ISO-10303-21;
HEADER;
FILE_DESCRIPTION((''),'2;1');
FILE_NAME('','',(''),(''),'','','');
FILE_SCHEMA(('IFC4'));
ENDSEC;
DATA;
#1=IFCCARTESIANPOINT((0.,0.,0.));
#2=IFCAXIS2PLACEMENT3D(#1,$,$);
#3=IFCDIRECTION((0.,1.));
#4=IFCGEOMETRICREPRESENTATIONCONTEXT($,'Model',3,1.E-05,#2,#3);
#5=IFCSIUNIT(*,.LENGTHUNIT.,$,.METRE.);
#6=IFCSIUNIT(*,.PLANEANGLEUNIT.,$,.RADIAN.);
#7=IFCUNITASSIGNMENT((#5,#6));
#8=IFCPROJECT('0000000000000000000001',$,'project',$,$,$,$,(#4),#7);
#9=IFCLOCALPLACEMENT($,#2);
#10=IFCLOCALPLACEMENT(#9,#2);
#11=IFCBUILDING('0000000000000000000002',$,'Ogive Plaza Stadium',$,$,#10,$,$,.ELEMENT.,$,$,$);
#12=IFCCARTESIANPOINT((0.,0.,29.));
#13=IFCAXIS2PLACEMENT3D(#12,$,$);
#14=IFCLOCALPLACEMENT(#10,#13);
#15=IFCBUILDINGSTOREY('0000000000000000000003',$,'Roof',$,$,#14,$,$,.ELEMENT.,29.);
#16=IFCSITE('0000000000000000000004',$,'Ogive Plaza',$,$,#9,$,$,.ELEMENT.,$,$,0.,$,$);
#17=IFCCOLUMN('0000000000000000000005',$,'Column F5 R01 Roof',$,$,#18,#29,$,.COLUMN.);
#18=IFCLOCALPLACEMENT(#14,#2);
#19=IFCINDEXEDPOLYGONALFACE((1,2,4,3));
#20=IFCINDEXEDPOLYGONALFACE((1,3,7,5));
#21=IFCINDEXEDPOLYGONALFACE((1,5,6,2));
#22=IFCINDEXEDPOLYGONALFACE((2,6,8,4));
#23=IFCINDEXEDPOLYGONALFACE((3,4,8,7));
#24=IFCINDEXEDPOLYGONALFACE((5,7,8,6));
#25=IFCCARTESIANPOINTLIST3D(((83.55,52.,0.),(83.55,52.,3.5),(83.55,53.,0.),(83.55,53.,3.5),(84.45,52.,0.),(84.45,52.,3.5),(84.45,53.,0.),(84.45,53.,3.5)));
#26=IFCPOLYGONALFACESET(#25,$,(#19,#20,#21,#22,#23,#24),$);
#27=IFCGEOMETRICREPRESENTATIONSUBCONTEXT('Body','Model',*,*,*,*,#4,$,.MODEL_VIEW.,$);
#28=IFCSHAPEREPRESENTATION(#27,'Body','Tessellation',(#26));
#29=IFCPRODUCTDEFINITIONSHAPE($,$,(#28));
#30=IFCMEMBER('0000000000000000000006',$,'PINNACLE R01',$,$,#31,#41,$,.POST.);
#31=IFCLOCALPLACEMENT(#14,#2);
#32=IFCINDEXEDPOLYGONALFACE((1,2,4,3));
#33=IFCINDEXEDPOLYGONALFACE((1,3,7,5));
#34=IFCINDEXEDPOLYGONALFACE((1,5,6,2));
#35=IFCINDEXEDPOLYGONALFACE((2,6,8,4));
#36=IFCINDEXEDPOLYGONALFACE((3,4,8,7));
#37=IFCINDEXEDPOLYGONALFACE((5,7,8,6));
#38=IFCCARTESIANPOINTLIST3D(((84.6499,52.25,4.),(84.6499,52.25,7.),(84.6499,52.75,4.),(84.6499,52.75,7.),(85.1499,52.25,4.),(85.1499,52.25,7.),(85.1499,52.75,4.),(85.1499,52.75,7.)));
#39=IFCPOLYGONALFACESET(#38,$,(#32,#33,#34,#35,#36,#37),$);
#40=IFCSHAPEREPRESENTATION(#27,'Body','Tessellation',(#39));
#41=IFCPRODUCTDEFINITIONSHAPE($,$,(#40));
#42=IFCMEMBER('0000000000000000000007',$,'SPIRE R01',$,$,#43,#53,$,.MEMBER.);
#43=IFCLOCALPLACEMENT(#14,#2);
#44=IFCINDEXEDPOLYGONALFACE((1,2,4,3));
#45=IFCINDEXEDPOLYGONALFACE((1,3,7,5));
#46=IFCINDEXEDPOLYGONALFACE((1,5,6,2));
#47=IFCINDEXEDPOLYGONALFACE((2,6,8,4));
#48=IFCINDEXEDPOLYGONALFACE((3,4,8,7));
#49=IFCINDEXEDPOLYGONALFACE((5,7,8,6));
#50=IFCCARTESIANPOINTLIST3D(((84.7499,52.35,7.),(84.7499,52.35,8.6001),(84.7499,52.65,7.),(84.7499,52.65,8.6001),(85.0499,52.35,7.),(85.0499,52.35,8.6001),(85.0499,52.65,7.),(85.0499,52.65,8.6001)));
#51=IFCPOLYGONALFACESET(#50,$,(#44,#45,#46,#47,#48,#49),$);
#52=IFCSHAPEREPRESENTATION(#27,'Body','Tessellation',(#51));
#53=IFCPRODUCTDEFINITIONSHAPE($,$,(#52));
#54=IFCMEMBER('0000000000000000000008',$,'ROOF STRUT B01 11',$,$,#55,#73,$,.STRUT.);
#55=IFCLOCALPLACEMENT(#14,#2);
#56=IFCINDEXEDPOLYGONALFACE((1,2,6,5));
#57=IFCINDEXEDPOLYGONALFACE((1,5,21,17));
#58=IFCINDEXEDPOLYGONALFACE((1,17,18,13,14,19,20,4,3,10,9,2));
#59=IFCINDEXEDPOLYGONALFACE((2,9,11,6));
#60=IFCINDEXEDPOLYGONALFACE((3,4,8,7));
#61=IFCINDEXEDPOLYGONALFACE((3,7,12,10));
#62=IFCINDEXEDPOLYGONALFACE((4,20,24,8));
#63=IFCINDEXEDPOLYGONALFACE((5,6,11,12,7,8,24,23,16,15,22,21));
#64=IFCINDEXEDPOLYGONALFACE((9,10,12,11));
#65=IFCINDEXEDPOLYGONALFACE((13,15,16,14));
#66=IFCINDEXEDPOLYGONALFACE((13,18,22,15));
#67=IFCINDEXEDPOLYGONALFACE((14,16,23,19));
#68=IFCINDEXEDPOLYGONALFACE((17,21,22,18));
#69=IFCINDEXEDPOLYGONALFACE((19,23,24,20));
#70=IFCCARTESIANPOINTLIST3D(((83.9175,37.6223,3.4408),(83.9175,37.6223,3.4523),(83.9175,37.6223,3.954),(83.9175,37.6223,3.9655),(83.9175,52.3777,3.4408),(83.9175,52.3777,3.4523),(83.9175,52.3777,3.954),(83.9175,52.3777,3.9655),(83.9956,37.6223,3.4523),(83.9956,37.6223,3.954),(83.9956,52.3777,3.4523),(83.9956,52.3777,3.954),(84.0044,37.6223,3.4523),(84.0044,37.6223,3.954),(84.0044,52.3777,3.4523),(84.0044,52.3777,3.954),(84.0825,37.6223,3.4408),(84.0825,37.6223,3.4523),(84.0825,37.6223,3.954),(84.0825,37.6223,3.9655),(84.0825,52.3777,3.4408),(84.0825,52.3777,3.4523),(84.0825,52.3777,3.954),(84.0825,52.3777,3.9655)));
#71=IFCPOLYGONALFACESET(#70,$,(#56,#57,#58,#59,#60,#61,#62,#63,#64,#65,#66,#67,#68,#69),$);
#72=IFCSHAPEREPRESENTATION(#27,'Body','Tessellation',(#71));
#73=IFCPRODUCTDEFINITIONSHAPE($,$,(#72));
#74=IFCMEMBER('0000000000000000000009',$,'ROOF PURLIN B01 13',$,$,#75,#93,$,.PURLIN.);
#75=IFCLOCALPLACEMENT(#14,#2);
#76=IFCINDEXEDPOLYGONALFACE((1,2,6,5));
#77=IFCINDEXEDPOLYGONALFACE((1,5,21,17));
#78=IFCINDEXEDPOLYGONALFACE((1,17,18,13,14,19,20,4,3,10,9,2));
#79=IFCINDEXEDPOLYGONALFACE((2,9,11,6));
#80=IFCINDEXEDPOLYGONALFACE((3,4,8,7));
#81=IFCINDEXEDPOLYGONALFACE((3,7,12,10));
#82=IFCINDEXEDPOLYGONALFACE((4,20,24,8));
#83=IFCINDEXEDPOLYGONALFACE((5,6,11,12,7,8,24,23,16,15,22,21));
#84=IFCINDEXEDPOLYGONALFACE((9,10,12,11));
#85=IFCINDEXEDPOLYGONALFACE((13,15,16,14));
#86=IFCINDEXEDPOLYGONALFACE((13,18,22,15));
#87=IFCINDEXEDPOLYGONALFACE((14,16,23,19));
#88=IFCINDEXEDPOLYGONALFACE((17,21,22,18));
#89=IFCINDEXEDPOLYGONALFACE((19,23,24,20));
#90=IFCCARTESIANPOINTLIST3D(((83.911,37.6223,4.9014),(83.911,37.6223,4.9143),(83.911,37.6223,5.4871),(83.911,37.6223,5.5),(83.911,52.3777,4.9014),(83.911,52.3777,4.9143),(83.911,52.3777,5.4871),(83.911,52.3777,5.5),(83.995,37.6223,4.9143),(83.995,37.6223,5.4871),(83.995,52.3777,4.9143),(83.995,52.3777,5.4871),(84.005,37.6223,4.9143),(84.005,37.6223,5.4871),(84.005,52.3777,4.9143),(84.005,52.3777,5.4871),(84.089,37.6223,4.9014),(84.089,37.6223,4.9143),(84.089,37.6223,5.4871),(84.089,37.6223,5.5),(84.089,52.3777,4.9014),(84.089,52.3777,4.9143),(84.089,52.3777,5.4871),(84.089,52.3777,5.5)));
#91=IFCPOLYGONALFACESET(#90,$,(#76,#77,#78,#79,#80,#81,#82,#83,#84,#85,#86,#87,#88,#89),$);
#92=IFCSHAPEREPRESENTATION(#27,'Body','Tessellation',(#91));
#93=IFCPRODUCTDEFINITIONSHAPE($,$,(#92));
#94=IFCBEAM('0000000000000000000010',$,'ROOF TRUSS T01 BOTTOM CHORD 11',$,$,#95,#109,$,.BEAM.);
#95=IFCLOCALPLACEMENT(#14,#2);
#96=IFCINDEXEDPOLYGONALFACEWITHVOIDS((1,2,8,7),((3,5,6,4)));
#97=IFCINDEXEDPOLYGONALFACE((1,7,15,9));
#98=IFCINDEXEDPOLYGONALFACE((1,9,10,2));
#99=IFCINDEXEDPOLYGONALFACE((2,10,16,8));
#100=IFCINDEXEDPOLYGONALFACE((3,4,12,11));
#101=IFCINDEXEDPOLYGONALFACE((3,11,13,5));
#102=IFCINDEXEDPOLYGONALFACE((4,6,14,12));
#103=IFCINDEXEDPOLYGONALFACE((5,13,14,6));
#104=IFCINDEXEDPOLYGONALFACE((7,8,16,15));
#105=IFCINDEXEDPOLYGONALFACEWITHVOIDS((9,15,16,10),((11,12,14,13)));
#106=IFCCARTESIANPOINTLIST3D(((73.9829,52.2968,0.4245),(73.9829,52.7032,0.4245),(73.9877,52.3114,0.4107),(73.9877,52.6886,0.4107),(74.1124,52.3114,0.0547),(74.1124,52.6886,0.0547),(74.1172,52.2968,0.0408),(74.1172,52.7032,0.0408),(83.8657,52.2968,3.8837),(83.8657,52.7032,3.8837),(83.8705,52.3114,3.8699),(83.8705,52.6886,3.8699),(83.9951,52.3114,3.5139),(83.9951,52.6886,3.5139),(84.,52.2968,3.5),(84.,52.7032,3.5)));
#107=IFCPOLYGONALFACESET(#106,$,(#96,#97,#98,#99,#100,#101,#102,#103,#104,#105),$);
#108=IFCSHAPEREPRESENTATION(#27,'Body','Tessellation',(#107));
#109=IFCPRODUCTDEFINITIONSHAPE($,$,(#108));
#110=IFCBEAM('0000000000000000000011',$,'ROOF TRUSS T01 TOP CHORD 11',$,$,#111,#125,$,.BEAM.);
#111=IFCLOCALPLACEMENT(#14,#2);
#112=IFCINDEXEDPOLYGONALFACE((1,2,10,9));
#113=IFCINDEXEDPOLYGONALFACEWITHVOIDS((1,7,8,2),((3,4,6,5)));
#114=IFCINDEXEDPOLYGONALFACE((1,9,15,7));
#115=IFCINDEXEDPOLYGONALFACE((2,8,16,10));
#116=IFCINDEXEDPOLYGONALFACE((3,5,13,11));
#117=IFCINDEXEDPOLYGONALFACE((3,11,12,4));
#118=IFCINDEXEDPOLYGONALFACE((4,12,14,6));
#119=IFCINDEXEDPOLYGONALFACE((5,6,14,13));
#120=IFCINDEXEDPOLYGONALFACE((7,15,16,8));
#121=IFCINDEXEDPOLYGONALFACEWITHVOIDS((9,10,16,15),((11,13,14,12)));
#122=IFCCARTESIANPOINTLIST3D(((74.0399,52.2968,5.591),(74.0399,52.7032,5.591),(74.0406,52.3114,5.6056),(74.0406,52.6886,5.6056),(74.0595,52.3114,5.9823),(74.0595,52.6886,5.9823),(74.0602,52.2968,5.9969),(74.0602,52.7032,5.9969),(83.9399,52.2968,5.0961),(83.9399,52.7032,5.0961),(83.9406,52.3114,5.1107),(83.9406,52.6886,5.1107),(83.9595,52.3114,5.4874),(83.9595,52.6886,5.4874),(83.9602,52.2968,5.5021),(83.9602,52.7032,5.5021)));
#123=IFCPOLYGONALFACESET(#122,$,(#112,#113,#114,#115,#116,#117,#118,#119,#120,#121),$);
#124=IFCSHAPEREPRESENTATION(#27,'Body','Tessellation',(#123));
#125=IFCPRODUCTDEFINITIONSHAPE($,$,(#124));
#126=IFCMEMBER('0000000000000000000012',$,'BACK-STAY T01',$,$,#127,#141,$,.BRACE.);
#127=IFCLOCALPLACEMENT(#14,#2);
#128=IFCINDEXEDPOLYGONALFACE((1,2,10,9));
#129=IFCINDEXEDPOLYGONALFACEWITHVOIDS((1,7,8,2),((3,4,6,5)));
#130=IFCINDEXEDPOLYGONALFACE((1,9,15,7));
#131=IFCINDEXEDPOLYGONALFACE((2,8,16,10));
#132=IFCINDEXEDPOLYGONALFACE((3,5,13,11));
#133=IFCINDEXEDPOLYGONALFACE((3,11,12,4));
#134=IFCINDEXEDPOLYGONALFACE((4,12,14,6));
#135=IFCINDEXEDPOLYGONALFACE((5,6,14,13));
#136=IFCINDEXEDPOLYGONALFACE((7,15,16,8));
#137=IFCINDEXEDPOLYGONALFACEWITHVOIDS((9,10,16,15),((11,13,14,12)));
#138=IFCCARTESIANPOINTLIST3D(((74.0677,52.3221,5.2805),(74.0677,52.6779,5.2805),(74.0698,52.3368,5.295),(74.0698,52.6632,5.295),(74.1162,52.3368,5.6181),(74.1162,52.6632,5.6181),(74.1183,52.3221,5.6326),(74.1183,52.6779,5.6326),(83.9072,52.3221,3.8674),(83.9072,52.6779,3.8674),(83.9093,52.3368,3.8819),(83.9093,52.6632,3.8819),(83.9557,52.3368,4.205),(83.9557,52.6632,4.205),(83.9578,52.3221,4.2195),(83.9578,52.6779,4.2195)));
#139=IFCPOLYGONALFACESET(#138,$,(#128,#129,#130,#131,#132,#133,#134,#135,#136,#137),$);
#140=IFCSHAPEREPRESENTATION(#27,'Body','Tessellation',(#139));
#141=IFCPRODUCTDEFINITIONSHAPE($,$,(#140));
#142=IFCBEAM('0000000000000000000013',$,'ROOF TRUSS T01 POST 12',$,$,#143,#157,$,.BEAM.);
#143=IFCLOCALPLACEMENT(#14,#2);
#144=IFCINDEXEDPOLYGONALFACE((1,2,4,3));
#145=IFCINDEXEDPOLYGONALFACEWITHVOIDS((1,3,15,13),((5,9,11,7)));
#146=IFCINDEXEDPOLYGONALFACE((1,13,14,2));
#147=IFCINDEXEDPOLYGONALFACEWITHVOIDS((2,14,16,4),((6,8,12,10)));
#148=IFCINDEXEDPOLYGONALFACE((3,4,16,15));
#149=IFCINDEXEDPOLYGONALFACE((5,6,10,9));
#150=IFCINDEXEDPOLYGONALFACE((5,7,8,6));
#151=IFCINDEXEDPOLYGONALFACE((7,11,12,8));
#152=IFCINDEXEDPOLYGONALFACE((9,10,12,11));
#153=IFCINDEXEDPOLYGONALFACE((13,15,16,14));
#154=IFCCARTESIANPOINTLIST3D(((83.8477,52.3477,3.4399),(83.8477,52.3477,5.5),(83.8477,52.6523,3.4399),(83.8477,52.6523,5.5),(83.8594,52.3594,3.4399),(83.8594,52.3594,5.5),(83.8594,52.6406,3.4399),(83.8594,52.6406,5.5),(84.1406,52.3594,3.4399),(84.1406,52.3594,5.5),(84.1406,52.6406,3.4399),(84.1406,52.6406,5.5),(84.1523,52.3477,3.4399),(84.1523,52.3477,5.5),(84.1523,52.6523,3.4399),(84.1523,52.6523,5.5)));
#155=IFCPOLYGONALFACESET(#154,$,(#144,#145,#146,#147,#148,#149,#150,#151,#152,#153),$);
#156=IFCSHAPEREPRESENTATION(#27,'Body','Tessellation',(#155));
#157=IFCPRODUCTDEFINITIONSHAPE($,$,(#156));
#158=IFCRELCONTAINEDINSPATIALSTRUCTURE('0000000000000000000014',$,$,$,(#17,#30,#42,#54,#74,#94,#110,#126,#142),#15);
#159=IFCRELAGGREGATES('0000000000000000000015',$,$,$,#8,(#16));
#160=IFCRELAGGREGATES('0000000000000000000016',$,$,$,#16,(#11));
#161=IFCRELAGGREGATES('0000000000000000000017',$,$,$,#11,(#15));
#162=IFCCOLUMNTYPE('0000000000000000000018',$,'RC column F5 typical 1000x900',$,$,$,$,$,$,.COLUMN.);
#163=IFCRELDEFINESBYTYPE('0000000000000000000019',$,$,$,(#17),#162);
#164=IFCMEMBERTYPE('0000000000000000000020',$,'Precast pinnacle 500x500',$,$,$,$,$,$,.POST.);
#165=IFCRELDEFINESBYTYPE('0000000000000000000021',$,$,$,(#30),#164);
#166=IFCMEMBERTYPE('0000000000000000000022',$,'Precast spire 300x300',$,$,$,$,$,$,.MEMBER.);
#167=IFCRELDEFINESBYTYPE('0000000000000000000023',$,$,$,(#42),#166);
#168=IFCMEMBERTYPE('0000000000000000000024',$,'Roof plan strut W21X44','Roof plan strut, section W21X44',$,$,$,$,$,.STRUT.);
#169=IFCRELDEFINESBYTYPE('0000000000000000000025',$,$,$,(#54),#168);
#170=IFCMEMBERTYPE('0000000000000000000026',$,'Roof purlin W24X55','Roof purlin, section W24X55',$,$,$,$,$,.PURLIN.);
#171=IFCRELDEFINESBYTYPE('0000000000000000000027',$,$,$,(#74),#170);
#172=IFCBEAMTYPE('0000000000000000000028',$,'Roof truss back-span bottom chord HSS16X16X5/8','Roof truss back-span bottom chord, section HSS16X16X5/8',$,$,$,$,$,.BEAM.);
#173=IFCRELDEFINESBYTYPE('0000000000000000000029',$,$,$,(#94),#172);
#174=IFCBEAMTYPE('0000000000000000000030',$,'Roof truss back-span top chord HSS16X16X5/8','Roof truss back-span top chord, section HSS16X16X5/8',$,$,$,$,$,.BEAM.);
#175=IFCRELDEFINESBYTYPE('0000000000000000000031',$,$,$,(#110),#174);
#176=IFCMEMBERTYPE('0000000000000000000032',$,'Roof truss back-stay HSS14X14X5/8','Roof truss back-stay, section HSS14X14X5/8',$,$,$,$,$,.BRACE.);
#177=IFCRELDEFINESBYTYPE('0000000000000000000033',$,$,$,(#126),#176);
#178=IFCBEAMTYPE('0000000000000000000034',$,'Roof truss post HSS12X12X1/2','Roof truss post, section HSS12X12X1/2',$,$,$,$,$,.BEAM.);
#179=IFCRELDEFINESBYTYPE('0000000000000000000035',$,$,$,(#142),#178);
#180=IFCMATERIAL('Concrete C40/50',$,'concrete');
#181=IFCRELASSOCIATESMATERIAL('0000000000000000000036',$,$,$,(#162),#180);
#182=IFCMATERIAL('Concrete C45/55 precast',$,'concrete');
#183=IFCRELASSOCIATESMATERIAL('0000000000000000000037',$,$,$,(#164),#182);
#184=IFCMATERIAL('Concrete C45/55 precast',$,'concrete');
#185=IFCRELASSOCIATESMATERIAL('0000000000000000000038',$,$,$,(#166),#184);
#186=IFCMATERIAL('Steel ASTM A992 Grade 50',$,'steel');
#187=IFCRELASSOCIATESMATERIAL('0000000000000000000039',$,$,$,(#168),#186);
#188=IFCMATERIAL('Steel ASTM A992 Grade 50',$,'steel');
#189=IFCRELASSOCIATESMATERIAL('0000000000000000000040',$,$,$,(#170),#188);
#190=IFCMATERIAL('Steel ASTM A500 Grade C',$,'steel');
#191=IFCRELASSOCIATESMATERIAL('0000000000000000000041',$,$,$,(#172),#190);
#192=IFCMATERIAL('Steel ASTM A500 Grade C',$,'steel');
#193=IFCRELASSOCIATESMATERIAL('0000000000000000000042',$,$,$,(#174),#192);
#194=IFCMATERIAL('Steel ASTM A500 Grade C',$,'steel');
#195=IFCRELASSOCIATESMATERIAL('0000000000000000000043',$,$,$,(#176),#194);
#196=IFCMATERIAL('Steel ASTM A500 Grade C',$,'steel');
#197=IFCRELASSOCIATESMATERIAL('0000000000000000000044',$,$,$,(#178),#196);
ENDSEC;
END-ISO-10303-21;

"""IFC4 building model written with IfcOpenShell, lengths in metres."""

from ifc_helpers import new_model, si_unit, direction, frame, origin, origin_2d, place, context, subcontext, project, spatial, rectangle, hollow_rectangle, i_section, extrude, material, material_profile, profile_set, type_object, element, save


model = new_model("IFC4")

# Units and contexts
model_context = context("Model", 3, precision=1e-05, world=origin(), true_north=direction((0.0, 1.0)))
body_context = subcontext(model_context, "Body", "Model", "MODEL_VIEW")
ifc_project = project(units=[si_unit("LENGTHUNIT", "METRE"), si_unit("PLANEANGLEUNIT", "RADIAN")], contexts=[model_context])

# Site, building, storey
site_placement = place(None, origin())
site = spatial("IfcSite", under=ifc_project, at=site_placement, Name="Ogive Plaza", CompositionType="ELEMENT", RefElevation=0.0)
building_placement = place(site_placement, origin())
building = spatial("IfcBuilding", under=site, at=building_placement, Name="Ogive Plaza Stadium", CompositionType="ELEMENT")
storey_placement = place(building_placement, frame((0.0, 0.0, 29.0)))
storey = spatial("IfcBuildingStorey", under=building, at=storey_placement, Name="Roof", CompositionType="ELEMENT", Elevation=29.0)

# Column
ifc_material_1 = material(Name="Concrete C40/50", Category="concrete")
ifc_material_profile_1 = material_profile(ifc_material_1, rectangle(XDim=1.0, YDim=0.8999, at=origin_2d()), Name="RC 1000x900")
ifc_profile_set_1 = profile_set([ifc_material_profile_1], Name="Concrete C40/50")
column_type = type_object("IfcColumnType", Name="RC column F5 typical 1000x900", PredefinedType="COLUMN", material=ifc_profile_set_1)
column_placement = place(storey_placement, frame((84.0, 52.5, 0.0), z_axis=(0.0, 0.0, 1.0), x_axis=(0.0, 1.0, 0.0)))
element("IfcColumn", 1, at=column_placement, inside=storey, type_object=column_type, Name="Column F5 R01 Roof", PredefinedType="COLUMN", context=body_context, shape_type="SweptSolid", body=[
    extrude(rectangle(XDim=1.0, YDim=0.8999, at=origin_2d()), origin(), (0.0, 0.0, 1.0), 3.5),
])

# Members
ifc_material_2 = material(Name="Concrete C45/55 precast", Category="concrete")
ifc_material_profile_2 = material_profile(ifc_material_2, rectangle(XDim=0.5, YDim=0.5, at=origin_2d()), Name="RC 500x500")
ifc_profile_set_2 = profile_set([ifc_material_profile_2], Name="Concrete C45/55 precast")
member_type_1 = type_object("IfcMemberType", Name="Precast pinnacle 500x500", PredefinedType="POST", material=ifc_profile_set_2)
member_1_placement = place(storey_placement, frame((84.8999, 52.5, 4.0), z_axis=(0.0, 0.0, 1.0), x_axis=(0.0, 1.0, 0.0)))
element("IfcMember", 2, at=member_1_placement, inside=storey, type_object=member_type_1, Name="PINNACLE R01", PredefinedType="POST", context=body_context, shape_type="SweptSolid", body=[
    extrude(rectangle(XDim=0.5, YDim=0.5, at=origin_2d()), origin(), (0.0, 0.0, 1.0), 3.0),
])
ifc_material_3 = material(Name="Concrete C45/55 precast", Category="concrete")
ifc_material_profile_3 = material_profile(ifc_material_3, rectangle(XDim=0.3, YDim=0.3, at=origin_2d()), Name="RC 300x300")
ifc_profile_set_3 = profile_set([ifc_material_profile_3], Name="Concrete C45/55 precast")
member_type_2 = type_object("IfcMemberType", Name="Precast spire 300x300", PredefinedType="MEMBER", material=ifc_profile_set_3)
member_2_placement = place(storey_placement, frame((84.8999, 52.5, 7.0), z_axis=(0.0, 0.0, 1.0), x_axis=(0.0, 1.0, 0.0)))
element("IfcMember", 3, at=member_2_placement, inside=storey, type_object=member_type_2, Name="SPIRE R01", PredefinedType="MEMBER", context=body_context, shape_type="SweptSolid", body=[
    extrude(rectangle(XDim=0.3, YDim=0.3, at=origin_2d()), origin(), (0.0, 0.0, 1.0), 1.6001),
])
ifc_material_4 = material(Name="Steel ASTM A992 Grade 50", Category="steel")
ifc_material_profile_4 = material_profile(ifc_material_4, i_section(OverallWidth=0.165, OverallDepth=0.5247, WebThickness=0.0088, FlangeThickness=0.0115, at=origin_2d()), Name="W21X44")
ifc_profile_set_4 = profile_set([ifc_material_profile_4], Name="Steel ASTM A992 Grade 50")
member_type_3 = type_object("IfcMemberType", Name="Roof plan strut W21X44", Description="Roof plan strut, section W21X44", PredefinedType="STRUT", material=ifc_profile_set_4)
member_3_placement = place(storey_placement, frame((84.0, 52.3777, 3.7031), z_axis=(0.0, -1.0, 0.0), x_axis=(1.0, 0.0, 0.0)))
element("IfcMember", 4, at=member_3_placement, inside=storey, type_object=member_type_3, Name="ROOF STRUT B01 11", PredefinedType="STRUT", context=body_context, shape_type="SweptSolid", body=[
    extrude(i_section(OverallWidth=0.165, OverallDepth=0.5247, WebThickness=0.0088, FlangeThickness=0.0115, at=origin_2d()), origin(), (0.0, 0.0, 1.0), 14.7554),
])
ifc_material_5 = material(Name="Steel ASTM A992 Grade 50", Category="steel")
ifc_material_profile_5 = material_profile(ifc_material_5, i_section(OverallWidth=0.178, OverallDepth=0.5986, WebThickness=0.01, FlangeThickness=0.0129, at=origin_2d()), Name="W24X55")
ifc_profile_set_5 = profile_set([ifc_material_profile_5], Name="Steel ASTM A992 Grade 50")
member_type_4 = type_object("IfcMemberType", Name="Roof purlin W24X55", Description="Roof purlin, section W24X55", PredefinedType="PURLIN", material=ifc_profile_set_5)
member_4_placement = place(storey_placement, frame((84.0, 52.3777, 5.2007), z_axis=(0.0, -1.0, 0.0), x_axis=(1.0, 0.0, 0.0)))
element("IfcMember", 5, at=member_4_placement, inside=storey, type_object=member_type_4, Name="ROOF PURLIN B01 13", PredefinedType="PURLIN", context=body_context, shape_type="SweptSolid", body=[
    extrude(i_section(OverallWidth=0.178, OverallDepth=0.5986, WebThickness=0.01, FlangeThickness=0.0129, at=origin_2d()), origin(), (0.0, 0.0, 1.0), 14.7554),
])

# Beams
ifc_material_6 = material(Name="Steel ASTM A500 Grade C", Category="steel")
ifc_material_profile_6 = material_profile(ifc_material_6, hollow_rectangle(XDim=0.4065, YDim=0.4065, WallThickness=0.0146, at=origin_2d()), Name="HSS16X16X5/8")
ifc_profile_set_6 = profile_set([ifc_material_profile_6], Name="Steel ASTM A500 Grade C")
beam_type_1 = type_object("IfcBeamType", Name="Roof truss back-span bottom chord HSS16X16X5/8", Description="Roof truss back-span bottom chord, section HSS16X16X5/8", PredefinedType="BEAM", material=ifc_profile_set_6)
beam_1_placement = place(storey_placement, frame((74.05, 52.5, 0.2327), z_axis=(0.943851, 0.0, 0.330371), x_axis=(0.0, 1.0, 0.0)))
element("IfcBeam", 6, at=beam_1_placement, inside=storey, type_object=beam_type_1, Name="ROOF TRUSS T01 BOTTOM CHORD 11", PredefinedType="BEAM", context=body_context, shape_type="SweptSolid", body=[
    extrude(hollow_rectangle(XDim=0.4065, YDim=0.4065, WallThickness=0.0146, at=origin_2d()), origin(), (0.0, 0.0, 1.0), 10.4707),
])
ifc_material_7 = material(Name="Steel ASTM A500 Grade C", Category="steel")
ifc_material_profile_7 = material_profile(ifc_material_7, hollow_rectangle(XDim=0.4065, YDim=0.4065, WallThickness=0.0146, at=origin_2d()), Name="HSS16X16X5/8")
ifc_profile_set_7 = profile_set([ifc_material_profile_7], Name="Steel ASTM A500 Grade C")
beam_type_2 = type_object("IfcBeamType", Name="Roof truss back-span top chord HSS16X16X5/8", Description="Roof truss back-span top chord, section HSS16X16X5/8", PredefinedType="BEAM", material=ifc_profile_set_7)
beam_2_placement = place(storey_placement, frame((74.05, 52.5, 5.7939), z_axis=(0.998753, 0.0, -0.049925), x_axis=(0.0, 1.0, 0.0)))
element("IfcBeam", 7, at=beam_2_placement, inside=storey, type_object=beam_type_2, Name="ROOF TRUSS T01 TOP CHORD 11", PredefinedType="BEAM", context=body_context, shape_type="SweptSolid", body=[
    extrude(hollow_rectangle(XDim=0.4065, YDim=0.4065, WallThickness=0.0146, at=origin_2d()), origin(), (0.0, 0.0, 1.0), 9.9124),
])

# Member
ifc_material_8 = material(Name="Steel ASTM A500 Grade C", Category="steel")
ifc_material_profile_8 = material_profile(ifc_material_8, hollow_rectangle(XDim=0.3557, YDim=0.3557, WallThickness=0.0146, at=origin_2d()), Name="HSS14X14X5/8")
ifc_profile_set_8 = profile_set([ifc_material_profile_8], Name="Steel ASTM A500 Grade C")
member_type_5 = type_object("IfcMemberType", Name="Roof truss back-stay HSS14X14X5/8", Description="Roof truss back-stay, section HSS14X14X5/8", PredefinedType="BRACE", material=ifc_profile_set_8)
member_5_placement = place(storey_placement, frame((74.093, 52.5, 5.4565), z_axis=(0.989844, 0.0, -0.142157), x_axis=(0.0, 1.0, 0.0)))
element("IfcMember", 8, at=member_5_placement, inside=storey, type_object=member_type_5, Name="BACK-STAY T01", PredefinedType="BRACE", context=body_context, shape_type="SweptSolid", body=[
    extrude(hollow_rectangle(XDim=0.3557, YDim=0.3557, WallThickness=0.0146, at=origin_2d()), origin(), (0.0, 0.0, 1.0), 9.9404),
])

# Beam
ifc_material_9 = material(Name="Steel ASTM A500 Grade C", Category="steel")
ifc_material_profile_9 = material_profile(ifc_material_9, hollow_rectangle(XDim=0.3047, YDim=0.3047, WallThickness=0.0117, at=origin_2d()), Name="HSS12X12X1/2")
ifc_profile_set_9 = profile_set([ifc_material_profile_9], Name="Steel ASTM A500 Grade C")
beam_type_3 = type_object("IfcBeamType", Name="Roof truss post HSS12X12X1/2", Description="Roof truss post, section HSS12X12X1/2", PredefinedType="BEAM", material=ifc_profile_set_9)
beam_3_placement = place(storey_placement, frame((84.0, 52.5, 3.4399), z_axis=(0.0, 0.0, 1.0), x_axis=(0.0, 1.0, 0.0)))
element("IfcBeam", 9, at=beam_3_placement, inside=storey, type_object=beam_type_3, Name="ROOF TRUSS T01 POST 12", PredefinedType="BEAM", context=body_context, shape_type="SweptSolid", body=[
    extrude(hollow_rectangle(XDim=0.3047, YDim=0.3047, WallThickness=0.0117, at=origin_2d()), origin(), (0.0, 0.0, 1.0), 2.0601),
])

save(model, "model.ifc")
